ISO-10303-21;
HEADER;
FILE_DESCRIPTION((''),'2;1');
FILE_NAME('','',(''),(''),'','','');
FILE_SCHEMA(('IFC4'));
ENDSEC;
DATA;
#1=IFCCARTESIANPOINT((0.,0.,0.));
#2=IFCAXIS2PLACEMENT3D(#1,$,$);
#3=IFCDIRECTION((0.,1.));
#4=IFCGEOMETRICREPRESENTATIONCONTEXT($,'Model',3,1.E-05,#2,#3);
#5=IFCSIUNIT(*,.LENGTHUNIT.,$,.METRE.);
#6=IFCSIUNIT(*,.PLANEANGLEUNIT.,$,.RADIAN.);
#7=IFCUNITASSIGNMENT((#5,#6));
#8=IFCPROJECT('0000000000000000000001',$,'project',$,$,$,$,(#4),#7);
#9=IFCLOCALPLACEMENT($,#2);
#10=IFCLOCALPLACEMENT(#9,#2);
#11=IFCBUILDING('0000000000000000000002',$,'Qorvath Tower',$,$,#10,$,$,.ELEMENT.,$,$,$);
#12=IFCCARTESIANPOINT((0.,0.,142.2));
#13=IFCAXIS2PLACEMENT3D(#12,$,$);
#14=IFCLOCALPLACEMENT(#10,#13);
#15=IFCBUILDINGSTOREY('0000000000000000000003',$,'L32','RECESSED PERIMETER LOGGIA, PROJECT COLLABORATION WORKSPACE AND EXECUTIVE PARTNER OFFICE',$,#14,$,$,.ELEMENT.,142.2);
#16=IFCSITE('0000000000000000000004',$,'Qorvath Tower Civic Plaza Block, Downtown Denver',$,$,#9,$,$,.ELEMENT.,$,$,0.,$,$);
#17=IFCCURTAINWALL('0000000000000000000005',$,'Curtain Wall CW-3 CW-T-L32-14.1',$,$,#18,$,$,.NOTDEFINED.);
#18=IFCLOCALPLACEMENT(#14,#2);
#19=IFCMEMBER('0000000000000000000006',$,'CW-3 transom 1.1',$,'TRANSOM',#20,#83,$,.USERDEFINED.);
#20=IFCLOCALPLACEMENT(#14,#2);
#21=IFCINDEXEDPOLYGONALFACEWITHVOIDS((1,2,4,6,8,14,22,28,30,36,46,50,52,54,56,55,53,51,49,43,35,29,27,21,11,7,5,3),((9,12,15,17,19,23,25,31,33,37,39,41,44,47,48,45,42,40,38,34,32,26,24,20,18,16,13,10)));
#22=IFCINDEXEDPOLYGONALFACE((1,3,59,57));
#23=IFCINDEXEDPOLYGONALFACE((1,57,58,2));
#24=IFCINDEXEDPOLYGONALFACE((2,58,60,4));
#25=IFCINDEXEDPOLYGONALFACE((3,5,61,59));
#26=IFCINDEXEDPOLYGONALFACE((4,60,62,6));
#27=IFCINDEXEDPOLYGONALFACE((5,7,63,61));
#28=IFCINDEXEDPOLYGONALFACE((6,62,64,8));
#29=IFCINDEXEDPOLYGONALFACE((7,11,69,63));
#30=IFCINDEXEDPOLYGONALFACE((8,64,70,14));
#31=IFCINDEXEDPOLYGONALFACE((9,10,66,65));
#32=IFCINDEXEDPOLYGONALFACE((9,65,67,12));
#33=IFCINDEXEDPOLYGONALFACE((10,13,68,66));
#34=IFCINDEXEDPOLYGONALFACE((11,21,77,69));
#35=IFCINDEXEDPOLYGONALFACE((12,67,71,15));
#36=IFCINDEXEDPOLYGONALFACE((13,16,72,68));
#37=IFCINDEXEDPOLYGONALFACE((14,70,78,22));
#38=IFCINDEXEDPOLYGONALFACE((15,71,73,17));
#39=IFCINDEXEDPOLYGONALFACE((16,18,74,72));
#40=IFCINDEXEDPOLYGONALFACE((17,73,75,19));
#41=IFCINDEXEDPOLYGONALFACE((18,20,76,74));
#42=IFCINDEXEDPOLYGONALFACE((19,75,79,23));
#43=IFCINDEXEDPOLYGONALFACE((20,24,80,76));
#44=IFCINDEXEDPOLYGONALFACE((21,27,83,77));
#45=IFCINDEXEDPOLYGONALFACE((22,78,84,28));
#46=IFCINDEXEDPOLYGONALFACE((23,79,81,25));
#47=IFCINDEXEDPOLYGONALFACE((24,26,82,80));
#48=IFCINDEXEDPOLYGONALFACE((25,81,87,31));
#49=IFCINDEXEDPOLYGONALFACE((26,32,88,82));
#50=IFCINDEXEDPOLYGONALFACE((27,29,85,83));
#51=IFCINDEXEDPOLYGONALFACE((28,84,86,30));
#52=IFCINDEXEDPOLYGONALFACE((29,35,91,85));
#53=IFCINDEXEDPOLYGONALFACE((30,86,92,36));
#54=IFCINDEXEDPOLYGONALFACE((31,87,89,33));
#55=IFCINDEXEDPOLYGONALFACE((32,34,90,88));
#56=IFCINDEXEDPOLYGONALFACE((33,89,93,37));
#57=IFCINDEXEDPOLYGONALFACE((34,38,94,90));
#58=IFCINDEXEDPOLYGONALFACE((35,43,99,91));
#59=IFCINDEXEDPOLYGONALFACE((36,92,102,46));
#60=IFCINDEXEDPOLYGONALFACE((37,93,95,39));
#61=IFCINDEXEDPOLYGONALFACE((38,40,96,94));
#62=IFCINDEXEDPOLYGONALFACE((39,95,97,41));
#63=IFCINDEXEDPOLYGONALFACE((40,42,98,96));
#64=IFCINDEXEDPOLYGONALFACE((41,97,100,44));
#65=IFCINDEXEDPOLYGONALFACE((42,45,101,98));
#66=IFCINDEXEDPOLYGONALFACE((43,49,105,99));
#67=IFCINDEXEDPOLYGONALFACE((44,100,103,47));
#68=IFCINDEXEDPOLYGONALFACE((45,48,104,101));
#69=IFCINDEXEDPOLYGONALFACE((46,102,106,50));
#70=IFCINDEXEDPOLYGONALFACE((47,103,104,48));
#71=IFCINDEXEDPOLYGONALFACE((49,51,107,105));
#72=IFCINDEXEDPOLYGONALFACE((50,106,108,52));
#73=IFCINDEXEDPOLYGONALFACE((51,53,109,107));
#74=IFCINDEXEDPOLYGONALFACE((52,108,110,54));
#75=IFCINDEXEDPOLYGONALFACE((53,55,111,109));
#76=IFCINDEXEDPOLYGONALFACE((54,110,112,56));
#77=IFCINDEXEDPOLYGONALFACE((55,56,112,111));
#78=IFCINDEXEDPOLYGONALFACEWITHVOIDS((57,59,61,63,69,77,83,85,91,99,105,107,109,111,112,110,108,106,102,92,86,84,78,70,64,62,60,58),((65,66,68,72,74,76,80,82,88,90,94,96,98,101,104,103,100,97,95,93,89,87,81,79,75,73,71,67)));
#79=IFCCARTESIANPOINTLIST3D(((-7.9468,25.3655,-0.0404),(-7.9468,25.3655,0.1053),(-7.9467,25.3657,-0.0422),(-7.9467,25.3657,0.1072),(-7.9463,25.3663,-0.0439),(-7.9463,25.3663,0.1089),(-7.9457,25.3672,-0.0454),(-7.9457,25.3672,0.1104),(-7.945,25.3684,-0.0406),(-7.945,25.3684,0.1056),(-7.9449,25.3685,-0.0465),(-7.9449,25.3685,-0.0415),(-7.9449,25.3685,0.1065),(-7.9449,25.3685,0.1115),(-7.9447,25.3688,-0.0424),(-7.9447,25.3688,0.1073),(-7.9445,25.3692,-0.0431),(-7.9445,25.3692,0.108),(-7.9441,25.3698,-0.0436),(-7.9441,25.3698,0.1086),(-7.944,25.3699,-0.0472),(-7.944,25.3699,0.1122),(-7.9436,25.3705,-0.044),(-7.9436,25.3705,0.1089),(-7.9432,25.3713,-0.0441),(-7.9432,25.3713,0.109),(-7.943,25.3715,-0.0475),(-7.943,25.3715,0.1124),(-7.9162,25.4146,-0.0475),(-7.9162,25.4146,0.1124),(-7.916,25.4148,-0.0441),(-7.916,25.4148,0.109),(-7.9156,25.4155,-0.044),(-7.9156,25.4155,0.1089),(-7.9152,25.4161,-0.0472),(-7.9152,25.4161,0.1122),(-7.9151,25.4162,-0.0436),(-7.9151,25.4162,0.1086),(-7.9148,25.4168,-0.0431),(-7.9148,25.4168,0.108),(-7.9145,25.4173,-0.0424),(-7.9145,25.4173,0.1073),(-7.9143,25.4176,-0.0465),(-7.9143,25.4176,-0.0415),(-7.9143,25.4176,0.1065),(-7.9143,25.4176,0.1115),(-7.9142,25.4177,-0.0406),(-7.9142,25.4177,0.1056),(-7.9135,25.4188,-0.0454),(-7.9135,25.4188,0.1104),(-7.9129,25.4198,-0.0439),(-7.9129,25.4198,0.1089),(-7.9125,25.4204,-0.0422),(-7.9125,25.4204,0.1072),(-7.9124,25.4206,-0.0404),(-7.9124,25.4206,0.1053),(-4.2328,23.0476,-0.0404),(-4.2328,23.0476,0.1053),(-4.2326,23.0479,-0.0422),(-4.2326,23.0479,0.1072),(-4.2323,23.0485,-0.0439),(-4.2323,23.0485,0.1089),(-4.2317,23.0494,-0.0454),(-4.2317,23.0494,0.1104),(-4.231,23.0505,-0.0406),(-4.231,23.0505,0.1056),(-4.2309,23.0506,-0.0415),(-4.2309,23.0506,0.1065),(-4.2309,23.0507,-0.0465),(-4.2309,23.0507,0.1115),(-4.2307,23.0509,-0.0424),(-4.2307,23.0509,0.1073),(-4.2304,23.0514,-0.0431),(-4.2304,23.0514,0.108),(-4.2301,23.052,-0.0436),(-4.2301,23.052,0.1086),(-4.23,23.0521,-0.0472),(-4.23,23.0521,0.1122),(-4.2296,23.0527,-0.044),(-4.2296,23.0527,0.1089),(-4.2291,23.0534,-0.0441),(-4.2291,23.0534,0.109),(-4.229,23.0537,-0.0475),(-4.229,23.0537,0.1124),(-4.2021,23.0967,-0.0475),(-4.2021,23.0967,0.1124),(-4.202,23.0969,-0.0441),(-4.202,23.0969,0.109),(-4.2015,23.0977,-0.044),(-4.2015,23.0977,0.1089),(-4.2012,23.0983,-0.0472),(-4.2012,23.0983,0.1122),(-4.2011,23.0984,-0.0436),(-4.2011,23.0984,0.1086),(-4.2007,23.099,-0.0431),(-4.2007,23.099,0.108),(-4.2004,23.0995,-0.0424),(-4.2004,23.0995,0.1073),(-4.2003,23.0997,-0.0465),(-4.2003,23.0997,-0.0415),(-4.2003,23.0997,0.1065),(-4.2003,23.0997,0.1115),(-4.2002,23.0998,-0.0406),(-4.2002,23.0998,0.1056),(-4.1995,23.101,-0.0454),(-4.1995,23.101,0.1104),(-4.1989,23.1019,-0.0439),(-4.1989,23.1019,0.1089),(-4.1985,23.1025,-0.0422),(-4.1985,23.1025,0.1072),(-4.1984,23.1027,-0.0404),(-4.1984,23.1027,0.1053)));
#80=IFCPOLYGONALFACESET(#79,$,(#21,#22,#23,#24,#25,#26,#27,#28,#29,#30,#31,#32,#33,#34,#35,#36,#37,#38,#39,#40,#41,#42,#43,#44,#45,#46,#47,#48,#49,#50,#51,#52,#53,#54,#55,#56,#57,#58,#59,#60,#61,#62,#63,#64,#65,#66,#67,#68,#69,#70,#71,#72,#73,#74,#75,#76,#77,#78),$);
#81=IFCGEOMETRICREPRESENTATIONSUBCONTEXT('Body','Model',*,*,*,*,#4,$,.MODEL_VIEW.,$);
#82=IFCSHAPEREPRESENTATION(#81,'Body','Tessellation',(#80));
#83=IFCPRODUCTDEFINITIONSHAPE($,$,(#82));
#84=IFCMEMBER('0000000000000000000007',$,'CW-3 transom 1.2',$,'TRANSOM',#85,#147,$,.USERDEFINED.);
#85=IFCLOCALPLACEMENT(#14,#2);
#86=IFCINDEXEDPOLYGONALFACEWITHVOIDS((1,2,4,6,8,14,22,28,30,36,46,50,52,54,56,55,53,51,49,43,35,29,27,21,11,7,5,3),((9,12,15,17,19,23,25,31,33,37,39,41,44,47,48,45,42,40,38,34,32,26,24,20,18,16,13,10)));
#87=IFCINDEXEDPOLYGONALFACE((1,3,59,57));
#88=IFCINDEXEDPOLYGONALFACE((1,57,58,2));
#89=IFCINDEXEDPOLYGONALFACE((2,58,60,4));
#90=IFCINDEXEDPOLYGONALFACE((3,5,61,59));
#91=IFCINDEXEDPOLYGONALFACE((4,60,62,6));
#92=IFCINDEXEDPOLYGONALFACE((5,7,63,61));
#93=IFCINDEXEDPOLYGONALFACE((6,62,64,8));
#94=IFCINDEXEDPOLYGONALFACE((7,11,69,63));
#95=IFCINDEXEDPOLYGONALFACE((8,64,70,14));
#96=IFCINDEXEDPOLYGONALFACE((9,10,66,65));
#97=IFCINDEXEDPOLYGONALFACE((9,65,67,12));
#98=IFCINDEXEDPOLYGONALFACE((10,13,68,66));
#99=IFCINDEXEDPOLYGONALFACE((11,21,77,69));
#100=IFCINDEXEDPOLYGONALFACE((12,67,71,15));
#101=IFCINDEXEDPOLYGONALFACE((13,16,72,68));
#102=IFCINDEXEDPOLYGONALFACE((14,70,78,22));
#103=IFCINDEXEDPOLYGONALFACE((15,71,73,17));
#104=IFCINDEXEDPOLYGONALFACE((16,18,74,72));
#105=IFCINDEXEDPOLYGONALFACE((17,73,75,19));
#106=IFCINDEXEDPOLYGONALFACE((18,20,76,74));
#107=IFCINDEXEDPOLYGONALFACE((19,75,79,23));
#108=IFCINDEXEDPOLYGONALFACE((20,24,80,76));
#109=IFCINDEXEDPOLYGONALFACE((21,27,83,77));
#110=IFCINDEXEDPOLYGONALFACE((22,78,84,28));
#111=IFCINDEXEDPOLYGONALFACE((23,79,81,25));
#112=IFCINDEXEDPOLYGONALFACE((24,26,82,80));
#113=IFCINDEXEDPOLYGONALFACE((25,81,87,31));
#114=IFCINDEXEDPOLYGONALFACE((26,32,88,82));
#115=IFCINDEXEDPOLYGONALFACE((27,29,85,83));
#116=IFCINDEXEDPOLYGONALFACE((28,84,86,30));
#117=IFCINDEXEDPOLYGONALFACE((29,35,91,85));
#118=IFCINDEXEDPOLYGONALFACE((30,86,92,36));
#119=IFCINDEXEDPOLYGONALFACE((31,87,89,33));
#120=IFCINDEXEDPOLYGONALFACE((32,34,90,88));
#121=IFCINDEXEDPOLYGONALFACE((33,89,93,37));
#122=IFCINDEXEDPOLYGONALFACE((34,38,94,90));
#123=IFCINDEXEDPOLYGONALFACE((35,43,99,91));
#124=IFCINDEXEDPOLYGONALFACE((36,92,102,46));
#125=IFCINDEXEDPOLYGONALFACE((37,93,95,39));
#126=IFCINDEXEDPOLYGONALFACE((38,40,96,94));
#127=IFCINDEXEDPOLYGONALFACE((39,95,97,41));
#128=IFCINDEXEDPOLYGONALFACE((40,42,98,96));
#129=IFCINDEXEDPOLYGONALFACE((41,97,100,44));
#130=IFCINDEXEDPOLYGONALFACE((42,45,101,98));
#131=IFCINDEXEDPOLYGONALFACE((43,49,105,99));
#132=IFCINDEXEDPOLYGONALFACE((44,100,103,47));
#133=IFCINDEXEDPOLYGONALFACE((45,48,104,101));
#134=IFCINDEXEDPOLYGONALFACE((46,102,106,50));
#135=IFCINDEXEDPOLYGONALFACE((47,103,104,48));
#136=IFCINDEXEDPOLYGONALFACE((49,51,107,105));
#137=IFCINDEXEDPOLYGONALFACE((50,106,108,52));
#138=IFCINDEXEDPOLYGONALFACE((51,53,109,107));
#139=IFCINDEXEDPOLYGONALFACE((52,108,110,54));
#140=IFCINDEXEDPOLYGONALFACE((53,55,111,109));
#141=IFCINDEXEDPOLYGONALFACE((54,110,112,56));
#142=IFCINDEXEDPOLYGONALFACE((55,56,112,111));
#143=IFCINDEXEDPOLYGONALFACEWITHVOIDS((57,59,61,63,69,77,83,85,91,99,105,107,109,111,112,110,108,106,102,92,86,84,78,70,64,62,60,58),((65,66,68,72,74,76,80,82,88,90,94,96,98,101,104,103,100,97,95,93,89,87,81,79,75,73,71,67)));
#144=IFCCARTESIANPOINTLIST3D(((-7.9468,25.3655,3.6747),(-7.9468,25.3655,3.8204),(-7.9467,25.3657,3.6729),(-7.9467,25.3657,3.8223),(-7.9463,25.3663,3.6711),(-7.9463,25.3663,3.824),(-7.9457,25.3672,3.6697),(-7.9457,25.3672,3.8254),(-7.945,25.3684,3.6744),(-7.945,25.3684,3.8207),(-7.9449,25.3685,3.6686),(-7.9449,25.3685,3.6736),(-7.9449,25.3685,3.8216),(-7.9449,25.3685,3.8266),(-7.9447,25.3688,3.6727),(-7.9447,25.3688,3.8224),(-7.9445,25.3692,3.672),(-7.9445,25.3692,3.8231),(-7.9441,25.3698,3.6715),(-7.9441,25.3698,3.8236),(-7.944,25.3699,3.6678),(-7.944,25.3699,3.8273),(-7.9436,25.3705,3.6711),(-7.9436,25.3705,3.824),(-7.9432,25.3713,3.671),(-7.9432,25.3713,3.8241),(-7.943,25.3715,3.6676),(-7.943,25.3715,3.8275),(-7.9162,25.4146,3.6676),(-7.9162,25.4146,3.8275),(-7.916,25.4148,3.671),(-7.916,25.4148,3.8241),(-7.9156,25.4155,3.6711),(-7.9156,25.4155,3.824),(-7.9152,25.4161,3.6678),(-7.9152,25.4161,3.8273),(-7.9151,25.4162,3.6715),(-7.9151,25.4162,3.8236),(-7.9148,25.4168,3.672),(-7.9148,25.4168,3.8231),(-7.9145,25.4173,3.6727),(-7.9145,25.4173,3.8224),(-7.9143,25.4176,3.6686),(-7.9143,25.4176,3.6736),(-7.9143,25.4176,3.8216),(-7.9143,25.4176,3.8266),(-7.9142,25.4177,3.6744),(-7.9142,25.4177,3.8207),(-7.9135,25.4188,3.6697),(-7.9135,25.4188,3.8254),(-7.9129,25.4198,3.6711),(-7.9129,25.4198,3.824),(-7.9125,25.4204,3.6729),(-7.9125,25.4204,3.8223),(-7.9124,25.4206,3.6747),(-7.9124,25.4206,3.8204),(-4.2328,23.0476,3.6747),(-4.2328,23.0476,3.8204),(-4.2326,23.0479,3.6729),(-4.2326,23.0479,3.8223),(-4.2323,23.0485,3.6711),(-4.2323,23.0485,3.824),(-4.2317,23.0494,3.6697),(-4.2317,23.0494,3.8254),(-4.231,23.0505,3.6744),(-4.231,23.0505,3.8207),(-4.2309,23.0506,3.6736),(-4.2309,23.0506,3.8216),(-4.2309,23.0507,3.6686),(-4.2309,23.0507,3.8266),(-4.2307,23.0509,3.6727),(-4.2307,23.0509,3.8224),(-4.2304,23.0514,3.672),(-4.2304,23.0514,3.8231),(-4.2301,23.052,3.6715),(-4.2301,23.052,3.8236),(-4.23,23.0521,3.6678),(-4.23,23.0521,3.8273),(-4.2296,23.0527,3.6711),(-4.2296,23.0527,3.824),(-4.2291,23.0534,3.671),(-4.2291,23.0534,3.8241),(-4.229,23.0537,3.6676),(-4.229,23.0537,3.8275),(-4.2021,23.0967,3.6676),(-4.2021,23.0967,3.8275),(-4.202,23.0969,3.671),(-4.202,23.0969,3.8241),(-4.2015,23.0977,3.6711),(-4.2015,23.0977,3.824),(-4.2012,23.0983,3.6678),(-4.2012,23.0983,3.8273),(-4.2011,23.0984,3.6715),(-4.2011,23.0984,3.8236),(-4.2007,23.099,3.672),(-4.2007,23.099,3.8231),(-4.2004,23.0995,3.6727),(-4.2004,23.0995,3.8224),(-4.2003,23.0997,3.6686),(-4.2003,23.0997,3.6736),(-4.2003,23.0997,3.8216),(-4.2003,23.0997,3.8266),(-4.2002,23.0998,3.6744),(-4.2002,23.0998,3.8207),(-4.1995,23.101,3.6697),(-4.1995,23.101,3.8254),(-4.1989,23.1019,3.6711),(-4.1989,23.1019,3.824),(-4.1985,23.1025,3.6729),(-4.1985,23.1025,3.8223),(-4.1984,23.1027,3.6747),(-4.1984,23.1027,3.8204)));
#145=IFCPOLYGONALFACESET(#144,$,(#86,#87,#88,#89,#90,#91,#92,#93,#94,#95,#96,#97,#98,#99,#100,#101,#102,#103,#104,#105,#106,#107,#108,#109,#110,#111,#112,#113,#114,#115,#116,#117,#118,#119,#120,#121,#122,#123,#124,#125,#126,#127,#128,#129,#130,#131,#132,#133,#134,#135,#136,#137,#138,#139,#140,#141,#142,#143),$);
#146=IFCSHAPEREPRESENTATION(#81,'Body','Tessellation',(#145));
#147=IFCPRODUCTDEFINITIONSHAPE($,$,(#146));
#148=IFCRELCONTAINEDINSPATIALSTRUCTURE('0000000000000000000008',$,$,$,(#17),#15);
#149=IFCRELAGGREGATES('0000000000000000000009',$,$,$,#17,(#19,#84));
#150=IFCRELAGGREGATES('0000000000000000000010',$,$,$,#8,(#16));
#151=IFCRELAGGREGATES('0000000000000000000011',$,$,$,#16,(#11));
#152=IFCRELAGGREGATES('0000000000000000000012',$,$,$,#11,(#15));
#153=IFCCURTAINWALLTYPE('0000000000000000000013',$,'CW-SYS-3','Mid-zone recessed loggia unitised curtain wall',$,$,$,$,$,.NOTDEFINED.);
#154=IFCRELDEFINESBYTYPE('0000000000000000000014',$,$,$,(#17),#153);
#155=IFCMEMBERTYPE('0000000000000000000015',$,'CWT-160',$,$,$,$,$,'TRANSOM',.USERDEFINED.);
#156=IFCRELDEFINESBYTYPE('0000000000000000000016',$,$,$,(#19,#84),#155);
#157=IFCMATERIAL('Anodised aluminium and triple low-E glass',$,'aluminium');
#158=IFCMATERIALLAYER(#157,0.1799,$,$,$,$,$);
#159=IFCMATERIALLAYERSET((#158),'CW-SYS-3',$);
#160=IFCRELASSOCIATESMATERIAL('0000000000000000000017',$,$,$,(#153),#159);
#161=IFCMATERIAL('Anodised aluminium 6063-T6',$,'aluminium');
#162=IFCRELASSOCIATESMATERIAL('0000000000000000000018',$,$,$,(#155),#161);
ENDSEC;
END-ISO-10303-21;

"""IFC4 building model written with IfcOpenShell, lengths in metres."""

from ifc_helpers import new_model, si_unit, direction, frame, origin, origin_2d, place, context, subcontext, project, spatial, hollow_rectangle, extrude, material, layer, layer_set, material_profile, profile_set, type_object, element, aggregate, save


model = new_model("IFC4")

# Units and contexts
model_context = context("Model", 3, precision=1e-05, world=origin(), true_north=direction((0.0, 1.0)))
body_context = subcontext(model_context, "Body", "Model", "MODEL_VIEW")
ifc_project = project(units=[si_unit("LENGTHUNIT", "METRE"), si_unit("PLANEANGLEUNIT", "RADIAN")], contexts=[model_context])

# Site, building, storey
site_placement = place(None, origin())
site = spatial("IfcSite", under=ifc_project, at=site_placement, Name="Qorvath Tower Civic Plaza Block, Downtown Denver", CompositionType="ELEMENT", RefElevation=0.0)
building_placement = place(site_placement, origin())
building = spatial("IfcBuilding", under=site, at=building_placement, Name="Qorvath Tower", CompositionType="ELEMENT")
storey_placement = place(building_placement, frame((0.0, 0.0, 142.2)))
storey = spatial("IfcBuildingStorey", under=building, at=storey_placement, Name="L32", Description="RECESSED PERIMETER LOGGIA, PROJECT COLLABORATION WORKSPACE AND EXECUTIVE PARTNER OFFICE", CompositionType="ELEMENT", Elevation=142.2)

# Shared definitions
ifc_material_1 = material(Name="Anodised aluminium and triple low-E glass", Category="aluminium")
ifc_layer_1 = layer(ifc_material_1, 0.1799)
ifc_layer_set_1 = layer_set([ifc_layer_1], Name="CW-SYS-3")
curtain_wall_type = type_object("IfcCurtainWallType", Name="CW-SYS-3", Description="Mid-zone recessed loggia unitised curtain wall", PredefinedType="NOTDEFINED", material=ifc_layer_set_1)

# Curtain wall
curtain_wall_1_placement = place(storey_placement, origin())
curtain_wall_1 = element("IfcCurtainWall", 1, at=curtain_wall_1_placement, inside=storey, type_object=curtain_wall_type, Name="Curtain Wall CW-3 CW-T-L32-14.1", PredefinedType="NOTDEFINED")

# Members
ifc_material_2 = material(Name="Anodised aluminium 6063-T6", Category="aluminium")
ifc_material_profile_1 = material_profile(ifc_material_2, hollow_rectangle(XDim=0.0649, YDim=0.1599, WallThickness=0.0034, InnerFilletRadius=0.0034, OuterFilletRadius=0.0071, at=origin_2d()), Name="CWT 160x65")
ifc_profile_set_1 = profile_set([ifc_material_profile_1], Name="Anodised aluminium 6063-T6")
member_type_1 = type_object("IfcMemberType", Name="CWT-160", ElementType="TRANSOM", PredefinedType="USERDEFINED", material=ifc_profile_set_1)
member_1_placement = place(storey_placement, frame((-4.2156, 23.0752, 0.0325), z_axis=(-0.848352, 0.529432, 0.0), x_axis=(-0.529432, -0.848352, 0.0)))
member_1 = element("IfcMember", 2, at=member_1_placement, type_object=member_type_1, Name="CW-3 transom 1.1", ObjectType="TRANSOM", PredefinedType="USERDEFINED", context=body_context, shape_type="SweptSolid", body=[
    extrude(hollow_rectangle(XDim=0.0649, YDim=0.1599, WallThickness=0.0034, InnerFilletRadius=0.0034, OuterFilletRadius=0.0071, at=origin_2d()), origin(), (0.0, 0.0, 1.0), 4.3779),
])
member_2_placement = place(storey_placement, frame((-4.2156, 23.0752, 3.7476), z_axis=(-0.848352, 0.529432, 0.0), x_axis=(-0.529432, -0.848352, 0.0)))
member_2 = element("IfcMember", 3, at=member_2_placement, type_object=member_type_1, Name="CW-3 transom 1.2", ObjectType="TRANSOM", PredefinedType="USERDEFINED", context=body_context, shape_type="SweptSolid", body=[
    extrude(hollow_rectangle(XDim=0.0649, YDim=0.1599, WallThickness=0.0034, InnerFilletRadius=0.0034, OuterFilletRadius=0.0071, at=origin_2d()), origin(), (0.0, 0.0, 1.0), 4.3779),
])

aggregate(curtain_wall_1, [member_1, member_2])

save(model, "model.ifc")
